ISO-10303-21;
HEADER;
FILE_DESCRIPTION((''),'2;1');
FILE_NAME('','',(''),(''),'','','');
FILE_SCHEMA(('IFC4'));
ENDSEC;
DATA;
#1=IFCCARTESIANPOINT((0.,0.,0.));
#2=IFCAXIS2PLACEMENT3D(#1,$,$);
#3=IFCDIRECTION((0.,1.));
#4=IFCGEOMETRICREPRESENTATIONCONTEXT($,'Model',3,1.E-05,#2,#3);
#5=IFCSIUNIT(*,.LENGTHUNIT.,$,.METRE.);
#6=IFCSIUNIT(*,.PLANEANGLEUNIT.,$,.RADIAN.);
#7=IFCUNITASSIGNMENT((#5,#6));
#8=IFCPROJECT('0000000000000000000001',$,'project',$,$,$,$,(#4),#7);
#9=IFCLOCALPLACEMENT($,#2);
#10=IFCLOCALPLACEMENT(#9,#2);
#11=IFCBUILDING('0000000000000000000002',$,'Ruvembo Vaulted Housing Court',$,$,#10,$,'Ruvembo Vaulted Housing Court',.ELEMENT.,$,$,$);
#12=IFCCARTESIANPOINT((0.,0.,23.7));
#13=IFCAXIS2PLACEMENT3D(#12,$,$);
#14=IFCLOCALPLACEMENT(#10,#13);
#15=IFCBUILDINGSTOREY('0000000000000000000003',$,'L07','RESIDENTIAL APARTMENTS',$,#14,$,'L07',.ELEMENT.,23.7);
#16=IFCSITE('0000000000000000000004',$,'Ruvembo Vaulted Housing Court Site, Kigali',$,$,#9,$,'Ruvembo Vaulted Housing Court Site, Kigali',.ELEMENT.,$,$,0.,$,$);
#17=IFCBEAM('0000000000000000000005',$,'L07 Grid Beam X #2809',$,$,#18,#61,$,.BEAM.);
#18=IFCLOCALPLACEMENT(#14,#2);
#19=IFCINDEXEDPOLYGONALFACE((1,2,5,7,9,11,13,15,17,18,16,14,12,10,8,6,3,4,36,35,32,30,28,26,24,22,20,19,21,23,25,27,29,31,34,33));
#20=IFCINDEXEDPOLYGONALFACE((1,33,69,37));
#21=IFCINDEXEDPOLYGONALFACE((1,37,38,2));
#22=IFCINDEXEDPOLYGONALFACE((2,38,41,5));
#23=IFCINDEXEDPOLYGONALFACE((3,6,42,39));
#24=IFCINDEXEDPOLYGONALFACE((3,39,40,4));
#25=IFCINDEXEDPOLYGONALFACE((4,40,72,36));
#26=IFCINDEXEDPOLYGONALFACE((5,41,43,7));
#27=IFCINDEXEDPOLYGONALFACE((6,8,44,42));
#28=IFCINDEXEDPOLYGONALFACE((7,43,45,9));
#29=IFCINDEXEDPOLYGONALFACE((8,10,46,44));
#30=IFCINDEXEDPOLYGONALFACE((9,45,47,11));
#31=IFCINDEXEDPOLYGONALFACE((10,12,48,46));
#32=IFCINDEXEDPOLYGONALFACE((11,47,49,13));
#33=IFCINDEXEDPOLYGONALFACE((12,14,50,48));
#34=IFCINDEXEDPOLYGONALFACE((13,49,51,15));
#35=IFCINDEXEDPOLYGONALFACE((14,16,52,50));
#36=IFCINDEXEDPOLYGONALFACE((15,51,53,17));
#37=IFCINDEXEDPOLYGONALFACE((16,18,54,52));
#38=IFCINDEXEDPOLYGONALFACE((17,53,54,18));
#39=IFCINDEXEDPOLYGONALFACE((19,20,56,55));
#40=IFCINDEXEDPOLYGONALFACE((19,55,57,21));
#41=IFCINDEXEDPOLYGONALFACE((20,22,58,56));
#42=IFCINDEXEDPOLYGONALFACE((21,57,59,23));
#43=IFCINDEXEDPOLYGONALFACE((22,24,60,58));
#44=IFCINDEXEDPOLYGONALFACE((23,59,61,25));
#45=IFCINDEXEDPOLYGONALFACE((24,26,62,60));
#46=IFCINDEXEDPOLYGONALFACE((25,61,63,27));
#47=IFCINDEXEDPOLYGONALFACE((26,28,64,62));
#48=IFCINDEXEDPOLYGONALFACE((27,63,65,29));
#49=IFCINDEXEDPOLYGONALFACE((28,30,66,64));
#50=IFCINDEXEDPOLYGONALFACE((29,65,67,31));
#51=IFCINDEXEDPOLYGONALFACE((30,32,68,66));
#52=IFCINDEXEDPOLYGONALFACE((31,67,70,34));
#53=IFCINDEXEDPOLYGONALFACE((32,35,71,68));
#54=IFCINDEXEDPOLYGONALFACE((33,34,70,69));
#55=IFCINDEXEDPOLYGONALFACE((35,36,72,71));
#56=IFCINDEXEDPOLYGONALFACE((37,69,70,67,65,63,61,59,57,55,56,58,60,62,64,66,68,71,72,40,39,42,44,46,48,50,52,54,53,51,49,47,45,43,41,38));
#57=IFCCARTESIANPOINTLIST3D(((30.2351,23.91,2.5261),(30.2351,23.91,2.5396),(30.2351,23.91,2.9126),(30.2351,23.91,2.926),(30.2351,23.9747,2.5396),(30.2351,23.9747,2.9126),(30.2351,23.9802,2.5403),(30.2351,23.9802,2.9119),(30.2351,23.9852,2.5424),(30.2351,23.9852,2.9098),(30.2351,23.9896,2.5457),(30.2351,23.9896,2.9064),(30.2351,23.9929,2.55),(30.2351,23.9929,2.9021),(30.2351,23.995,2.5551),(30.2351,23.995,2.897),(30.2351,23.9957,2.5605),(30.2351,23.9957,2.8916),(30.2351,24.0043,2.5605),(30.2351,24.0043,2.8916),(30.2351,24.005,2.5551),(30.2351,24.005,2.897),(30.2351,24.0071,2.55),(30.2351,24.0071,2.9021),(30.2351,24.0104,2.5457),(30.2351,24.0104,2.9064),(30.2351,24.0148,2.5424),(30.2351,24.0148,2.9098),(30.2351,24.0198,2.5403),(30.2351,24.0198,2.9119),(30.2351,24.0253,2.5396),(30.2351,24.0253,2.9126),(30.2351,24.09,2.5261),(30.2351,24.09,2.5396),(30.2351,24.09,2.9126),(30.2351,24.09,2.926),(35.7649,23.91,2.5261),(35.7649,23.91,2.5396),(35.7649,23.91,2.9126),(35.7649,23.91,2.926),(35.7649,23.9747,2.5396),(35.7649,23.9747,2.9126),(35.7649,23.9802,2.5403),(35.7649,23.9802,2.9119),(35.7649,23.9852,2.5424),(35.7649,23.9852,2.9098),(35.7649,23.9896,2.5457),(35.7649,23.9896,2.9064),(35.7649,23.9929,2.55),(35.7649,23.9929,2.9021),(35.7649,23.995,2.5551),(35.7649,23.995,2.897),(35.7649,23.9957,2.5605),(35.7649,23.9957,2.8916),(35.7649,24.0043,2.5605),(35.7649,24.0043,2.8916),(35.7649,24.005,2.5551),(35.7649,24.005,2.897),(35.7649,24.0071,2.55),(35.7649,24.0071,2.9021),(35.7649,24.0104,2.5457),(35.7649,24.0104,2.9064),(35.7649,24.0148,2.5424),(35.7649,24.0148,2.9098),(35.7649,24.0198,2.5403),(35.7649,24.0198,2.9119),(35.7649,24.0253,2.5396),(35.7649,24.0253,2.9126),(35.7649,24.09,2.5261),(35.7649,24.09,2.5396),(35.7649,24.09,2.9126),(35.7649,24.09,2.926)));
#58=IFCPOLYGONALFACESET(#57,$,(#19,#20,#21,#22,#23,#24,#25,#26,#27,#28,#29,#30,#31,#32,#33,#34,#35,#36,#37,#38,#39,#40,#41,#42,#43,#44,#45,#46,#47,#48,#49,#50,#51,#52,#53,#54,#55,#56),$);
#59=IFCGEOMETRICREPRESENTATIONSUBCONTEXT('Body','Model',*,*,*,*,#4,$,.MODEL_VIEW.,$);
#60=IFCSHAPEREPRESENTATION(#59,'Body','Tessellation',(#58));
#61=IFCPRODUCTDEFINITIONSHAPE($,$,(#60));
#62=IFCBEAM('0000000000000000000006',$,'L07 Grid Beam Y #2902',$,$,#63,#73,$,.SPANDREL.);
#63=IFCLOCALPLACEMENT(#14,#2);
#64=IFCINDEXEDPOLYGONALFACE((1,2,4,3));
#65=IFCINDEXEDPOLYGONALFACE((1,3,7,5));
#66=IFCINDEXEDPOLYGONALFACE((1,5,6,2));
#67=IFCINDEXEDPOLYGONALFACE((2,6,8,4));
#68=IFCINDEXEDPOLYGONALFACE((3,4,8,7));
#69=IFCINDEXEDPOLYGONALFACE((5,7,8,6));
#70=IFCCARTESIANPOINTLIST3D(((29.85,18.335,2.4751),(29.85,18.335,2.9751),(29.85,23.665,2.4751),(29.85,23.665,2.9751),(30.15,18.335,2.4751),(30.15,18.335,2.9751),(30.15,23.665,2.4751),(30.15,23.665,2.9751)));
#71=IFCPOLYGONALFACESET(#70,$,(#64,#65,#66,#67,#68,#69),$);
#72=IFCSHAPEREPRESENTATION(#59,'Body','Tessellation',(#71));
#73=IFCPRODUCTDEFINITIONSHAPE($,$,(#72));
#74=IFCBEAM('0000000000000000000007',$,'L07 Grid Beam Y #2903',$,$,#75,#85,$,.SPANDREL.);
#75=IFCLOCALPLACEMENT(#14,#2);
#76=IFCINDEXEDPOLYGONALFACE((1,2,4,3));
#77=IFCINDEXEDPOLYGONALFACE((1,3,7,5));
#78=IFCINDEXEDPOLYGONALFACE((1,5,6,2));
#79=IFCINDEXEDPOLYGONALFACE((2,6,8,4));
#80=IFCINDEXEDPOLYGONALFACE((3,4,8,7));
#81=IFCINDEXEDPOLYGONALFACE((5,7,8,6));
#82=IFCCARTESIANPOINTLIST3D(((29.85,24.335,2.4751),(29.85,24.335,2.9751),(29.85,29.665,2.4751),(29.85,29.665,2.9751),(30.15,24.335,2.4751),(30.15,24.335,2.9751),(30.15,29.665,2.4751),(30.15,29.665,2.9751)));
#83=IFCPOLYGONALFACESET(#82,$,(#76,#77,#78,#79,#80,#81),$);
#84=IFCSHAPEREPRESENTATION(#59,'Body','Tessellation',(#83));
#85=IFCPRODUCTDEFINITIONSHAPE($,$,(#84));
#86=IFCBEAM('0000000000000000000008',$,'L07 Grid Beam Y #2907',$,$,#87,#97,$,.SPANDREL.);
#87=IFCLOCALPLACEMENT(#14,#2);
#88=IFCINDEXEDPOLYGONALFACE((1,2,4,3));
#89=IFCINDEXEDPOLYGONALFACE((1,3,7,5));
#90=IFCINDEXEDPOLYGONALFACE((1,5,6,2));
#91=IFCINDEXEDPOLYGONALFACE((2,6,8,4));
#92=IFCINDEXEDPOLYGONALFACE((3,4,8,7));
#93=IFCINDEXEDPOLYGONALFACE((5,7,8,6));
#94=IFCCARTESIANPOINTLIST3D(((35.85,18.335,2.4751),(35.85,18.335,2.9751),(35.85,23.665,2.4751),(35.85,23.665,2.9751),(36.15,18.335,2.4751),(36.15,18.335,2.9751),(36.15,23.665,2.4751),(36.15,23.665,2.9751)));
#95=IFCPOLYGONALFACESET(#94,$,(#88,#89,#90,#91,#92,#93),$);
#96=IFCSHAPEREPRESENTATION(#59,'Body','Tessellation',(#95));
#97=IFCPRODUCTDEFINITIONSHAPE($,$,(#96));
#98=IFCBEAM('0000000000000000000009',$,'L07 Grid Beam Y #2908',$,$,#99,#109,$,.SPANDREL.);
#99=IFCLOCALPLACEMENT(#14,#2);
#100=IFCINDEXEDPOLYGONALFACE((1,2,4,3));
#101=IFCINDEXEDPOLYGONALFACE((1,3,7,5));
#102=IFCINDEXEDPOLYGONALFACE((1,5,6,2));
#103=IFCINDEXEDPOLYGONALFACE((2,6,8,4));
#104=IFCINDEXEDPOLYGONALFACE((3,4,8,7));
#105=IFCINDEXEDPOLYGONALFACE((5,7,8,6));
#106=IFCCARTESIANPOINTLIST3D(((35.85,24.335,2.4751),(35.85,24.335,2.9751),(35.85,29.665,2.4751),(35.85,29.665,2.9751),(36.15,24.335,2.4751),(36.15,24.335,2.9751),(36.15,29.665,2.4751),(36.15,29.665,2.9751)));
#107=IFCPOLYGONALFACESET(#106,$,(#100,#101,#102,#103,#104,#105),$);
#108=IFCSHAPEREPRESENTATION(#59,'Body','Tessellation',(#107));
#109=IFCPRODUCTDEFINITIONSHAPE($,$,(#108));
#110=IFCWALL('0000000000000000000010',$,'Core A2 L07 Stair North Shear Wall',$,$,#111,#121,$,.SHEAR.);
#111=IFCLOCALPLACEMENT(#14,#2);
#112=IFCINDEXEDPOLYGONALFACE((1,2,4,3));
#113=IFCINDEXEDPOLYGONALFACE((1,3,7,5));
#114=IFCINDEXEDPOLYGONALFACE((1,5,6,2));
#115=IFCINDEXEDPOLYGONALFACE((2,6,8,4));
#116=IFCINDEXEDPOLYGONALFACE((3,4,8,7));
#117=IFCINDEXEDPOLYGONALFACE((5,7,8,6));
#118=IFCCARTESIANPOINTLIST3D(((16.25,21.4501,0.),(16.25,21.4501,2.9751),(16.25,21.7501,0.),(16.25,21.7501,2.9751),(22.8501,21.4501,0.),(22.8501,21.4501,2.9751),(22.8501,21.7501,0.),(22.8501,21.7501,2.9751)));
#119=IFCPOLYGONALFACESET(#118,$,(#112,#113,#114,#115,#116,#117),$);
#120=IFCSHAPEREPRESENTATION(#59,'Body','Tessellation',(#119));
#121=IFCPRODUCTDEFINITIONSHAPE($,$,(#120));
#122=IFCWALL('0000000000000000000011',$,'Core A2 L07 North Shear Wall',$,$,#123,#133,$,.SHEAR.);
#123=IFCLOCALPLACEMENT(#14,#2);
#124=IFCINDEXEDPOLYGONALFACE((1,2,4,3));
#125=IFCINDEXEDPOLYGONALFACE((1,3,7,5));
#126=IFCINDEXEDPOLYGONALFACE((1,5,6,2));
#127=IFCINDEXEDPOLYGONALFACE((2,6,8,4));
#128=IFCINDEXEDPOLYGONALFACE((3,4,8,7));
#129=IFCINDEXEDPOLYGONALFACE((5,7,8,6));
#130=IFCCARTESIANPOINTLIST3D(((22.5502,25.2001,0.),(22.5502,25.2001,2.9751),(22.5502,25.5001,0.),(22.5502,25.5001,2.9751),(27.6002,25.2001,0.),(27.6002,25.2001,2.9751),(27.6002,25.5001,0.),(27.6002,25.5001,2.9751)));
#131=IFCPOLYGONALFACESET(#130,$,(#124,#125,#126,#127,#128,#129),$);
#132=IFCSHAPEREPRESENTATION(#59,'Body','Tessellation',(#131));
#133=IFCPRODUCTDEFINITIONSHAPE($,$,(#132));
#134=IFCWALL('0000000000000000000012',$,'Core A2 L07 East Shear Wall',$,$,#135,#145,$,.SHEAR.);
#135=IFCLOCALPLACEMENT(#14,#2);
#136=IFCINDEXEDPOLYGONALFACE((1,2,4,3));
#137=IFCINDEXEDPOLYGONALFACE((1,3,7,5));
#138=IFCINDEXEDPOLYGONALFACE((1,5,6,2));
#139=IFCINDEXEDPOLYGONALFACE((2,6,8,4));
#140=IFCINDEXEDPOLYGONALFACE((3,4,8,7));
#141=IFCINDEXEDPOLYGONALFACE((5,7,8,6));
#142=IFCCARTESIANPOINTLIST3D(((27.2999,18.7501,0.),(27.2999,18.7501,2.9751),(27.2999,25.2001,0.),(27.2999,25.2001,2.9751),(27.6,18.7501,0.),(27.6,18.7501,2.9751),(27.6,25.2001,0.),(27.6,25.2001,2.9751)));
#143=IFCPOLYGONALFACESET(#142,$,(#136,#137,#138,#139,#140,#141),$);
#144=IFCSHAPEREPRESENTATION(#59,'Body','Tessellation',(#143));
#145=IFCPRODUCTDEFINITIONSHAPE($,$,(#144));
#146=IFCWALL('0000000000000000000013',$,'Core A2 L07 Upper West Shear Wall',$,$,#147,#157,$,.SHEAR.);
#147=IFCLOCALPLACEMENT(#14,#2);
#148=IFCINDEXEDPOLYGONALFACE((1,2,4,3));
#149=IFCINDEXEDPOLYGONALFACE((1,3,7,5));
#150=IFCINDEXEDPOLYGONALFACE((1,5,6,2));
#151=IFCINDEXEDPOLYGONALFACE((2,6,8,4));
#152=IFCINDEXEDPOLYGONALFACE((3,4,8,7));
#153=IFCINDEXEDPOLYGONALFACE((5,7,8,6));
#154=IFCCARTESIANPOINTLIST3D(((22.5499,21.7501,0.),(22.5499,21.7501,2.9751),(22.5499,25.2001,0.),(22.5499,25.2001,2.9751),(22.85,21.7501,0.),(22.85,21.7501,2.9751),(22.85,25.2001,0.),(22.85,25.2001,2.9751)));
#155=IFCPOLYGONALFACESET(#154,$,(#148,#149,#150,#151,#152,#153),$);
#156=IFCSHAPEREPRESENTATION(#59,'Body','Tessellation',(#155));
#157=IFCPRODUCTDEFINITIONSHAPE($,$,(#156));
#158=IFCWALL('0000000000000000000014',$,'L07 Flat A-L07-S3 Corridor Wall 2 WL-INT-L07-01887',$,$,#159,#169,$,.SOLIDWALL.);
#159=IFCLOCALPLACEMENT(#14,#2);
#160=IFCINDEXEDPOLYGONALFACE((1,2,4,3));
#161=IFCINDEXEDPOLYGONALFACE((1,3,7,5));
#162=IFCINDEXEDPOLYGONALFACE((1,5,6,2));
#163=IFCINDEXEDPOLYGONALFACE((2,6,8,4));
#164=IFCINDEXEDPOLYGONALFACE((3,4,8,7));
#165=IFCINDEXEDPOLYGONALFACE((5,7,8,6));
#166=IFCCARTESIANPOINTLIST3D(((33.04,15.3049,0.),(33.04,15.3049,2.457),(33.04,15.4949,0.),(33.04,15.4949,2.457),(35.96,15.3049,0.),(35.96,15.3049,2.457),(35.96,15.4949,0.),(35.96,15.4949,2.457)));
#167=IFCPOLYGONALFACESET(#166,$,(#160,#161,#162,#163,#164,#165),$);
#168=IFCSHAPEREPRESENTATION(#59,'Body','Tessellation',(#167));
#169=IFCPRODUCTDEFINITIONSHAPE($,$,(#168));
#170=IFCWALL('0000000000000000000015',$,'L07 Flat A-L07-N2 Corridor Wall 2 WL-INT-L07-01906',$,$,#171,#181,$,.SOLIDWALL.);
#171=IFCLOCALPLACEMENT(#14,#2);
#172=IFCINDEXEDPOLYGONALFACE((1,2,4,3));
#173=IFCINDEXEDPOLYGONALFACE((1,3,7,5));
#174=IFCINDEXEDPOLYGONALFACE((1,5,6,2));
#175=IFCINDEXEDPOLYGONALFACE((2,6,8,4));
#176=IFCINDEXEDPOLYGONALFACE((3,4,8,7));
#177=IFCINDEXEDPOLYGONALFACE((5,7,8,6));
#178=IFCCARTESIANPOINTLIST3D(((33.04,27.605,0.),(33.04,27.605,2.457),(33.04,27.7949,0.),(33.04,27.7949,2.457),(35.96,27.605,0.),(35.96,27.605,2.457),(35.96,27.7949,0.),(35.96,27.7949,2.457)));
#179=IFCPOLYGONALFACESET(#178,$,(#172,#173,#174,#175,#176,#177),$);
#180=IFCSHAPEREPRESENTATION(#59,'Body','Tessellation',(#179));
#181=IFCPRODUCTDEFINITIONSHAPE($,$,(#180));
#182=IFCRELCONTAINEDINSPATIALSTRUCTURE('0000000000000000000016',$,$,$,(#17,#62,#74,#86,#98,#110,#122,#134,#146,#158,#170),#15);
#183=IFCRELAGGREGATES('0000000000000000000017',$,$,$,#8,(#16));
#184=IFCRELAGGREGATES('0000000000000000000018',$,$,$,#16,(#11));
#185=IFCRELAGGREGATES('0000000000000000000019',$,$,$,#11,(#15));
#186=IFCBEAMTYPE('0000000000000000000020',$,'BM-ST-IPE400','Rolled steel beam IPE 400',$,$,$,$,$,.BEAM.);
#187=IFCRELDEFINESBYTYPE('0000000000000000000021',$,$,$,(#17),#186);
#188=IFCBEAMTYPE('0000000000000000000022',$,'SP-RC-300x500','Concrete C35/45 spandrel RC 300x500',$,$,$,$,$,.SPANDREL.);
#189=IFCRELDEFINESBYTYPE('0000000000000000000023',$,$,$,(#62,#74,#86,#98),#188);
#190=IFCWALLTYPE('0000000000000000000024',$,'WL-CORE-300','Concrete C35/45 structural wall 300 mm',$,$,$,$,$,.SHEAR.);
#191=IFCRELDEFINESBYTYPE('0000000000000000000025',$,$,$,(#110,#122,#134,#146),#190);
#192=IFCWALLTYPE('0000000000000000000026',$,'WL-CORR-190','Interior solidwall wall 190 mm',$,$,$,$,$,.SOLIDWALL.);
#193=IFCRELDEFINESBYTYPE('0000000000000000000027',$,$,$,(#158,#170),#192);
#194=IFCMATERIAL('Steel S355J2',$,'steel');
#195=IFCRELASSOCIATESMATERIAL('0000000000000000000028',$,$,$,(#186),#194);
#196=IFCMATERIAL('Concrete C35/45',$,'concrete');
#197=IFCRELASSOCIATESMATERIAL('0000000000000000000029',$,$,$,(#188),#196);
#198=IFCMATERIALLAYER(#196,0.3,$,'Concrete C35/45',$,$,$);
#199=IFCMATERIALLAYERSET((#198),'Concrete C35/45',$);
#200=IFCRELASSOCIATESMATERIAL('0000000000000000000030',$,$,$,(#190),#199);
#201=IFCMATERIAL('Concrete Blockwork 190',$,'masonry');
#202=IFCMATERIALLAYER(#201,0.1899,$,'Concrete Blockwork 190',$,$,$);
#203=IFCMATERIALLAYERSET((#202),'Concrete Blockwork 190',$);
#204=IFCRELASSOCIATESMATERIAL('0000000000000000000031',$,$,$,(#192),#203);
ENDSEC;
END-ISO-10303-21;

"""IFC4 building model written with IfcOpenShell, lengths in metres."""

from ifc_helpers import new_model, si_unit, direction, frame, frame_2d, origin, origin_2d, place, context, subcontext, project, spatial, rectangle, i_section, extrude, material, layer, layer_set, material_profile, profile_set, type_object, element, save


model = new_model("IFC4")

# Units and contexts
model_context = context("Model", 3, precision=1e-05, world=origin(), true_north=direction((0.0, 1.0)))
body_context = subcontext(model_context, "Body", "Model", "MODEL_VIEW")
ifc_project = project(units=[si_unit("LENGTHUNIT", "METRE"), si_unit("PLANEANGLEUNIT", "RADIAN")], contexts=[model_context])

# Site, building, storey
site_placement = place(None, origin())
site = spatial("IfcSite", under=ifc_project, at=site_placement, Name="Ruvembo Vaulted Housing Court Site, Kigali", LongName="Ruvembo Vaulted Housing Court Site, Kigali", CompositionType="ELEMENT", RefElevation=0.0)
building_placement = place(site_placement, origin())
building = spatial("IfcBuilding", under=site, at=building_placement, Name="Ruvembo Vaulted Housing Court", LongName="Ruvembo Vaulted Housing Court", CompositionType="ELEMENT")
storey_placement = place(building_placement, frame((0.0, 0.0, 23.7)))
storey = spatial("IfcBuildingStorey", under=building, at=storey_placement, Name="L07", Description="RESIDENTIAL APARTMENTS", LongName="L07", CompositionType="ELEMENT", Elevation=23.7)

# Shared definitions
ifc_material_1 = material(Name="Concrete C35/45", Category="concrete")

# Beams
ifc_material_2 = material(Name="Steel S355J2", Category="steel")
ifc_material_profile_1 = material_profile(ifc_material_2, i_section(OverallWidth=0.1799, OverallDepth=0.3999, WebThickness=0.0085, FlangeThickness=0.0134, FilletRadius=0.021, at=origin_2d()), Name="IPE 400")
ifc_profile_set_1 = profile_set([ifc_material_profile_1], Name="Steel S355J2")
beam_type_1 = type_object("IfcBeamType", Name="BM-ST-IPE400", Description="Rolled steel beam IPE 400", PredefinedType="BEAM", material=ifc_profile_set_1)
beam_1_placement = place(storey_placement, frame((30.2351, 24.0, 2.7261), z_axis=(1.0, 0.0, 0.0), x_axis=(0.0, 1.0, 0.0)))
element("IfcBeam", 1, at=beam_1_placement, inside=storey, type_object=beam_type_1, Name="L07 Grid Beam X #2809", PredefinedType="BEAM", context=body_context, shape_type="SweptSolid", body=[
    extrude(i_section(OverallWidth=0.1799, OverallDepth=0.3999, WebThickness=0.0085, FlangeThickness=0.0134, FilletRadius=0.021, at=origin_2d()), origin(), (0.0, 0.0, 1.0), 5.5298),
])
ifc_material_profile_2 = material_profile(ifc_material_1, rectangle(XDim=0.3, YDim=0.5, at=origin_2d()), Name="RC 300x500")
ifc_profile_set_2 = profile_set([ifc_material_profile_2], Name="Concrete C35/45")
beam_type_2 = type_object("IfcBeamType", Name="SP-RC-300x500", Description="Concrete C35/45 spandrel RC 300x500", PredefinedType="SPANDREL", material=ifc_profile_set_2)
for number, where, z_axis, x_axis, name in (
    (2, (30.0, 18.335, 2.7251), (0.0, 1.0, 0.0), (-1.0, 0.0, 0.0), "L07 Grid Beam Y #2902"),
    (3, (30.0, 24.335, 2.7251), (0.0, 1.0, 0.0), (-1.0, 0.0, 0.0), "L07 Grid Beam Y #2903"),
    (4, (36.0, 18.335, 2.7251), (0.0, 1.0, 0.0), (-1.0, 0.0, 0.0), "L07 Grid Beam Y #2907"),
    (5, (36.0, 24.335, 2.7251), (0.0, 1.0, 0.0), (-1.0, 0.0, 0.0), "L07 Grid Beam Y #2908"),
):
    element("IfcBeam", number, at=place(storey_placement, frame(where, z_axis=z_axis, x_axis=x_axis)), inside=storey, type_object=beam_type_2, Name=name, PredefinedType="SPANDREL", context=body_context, shape_type="SweptSolid", body=[
        extrude(rectangle(XDim=0.3, YDim=0.5, at=origin_2d()), origin(), (0.0, 0.0, 1.0), 5.3301),
    ])

# Wall
ifc_layer_1 = layer(ifc_material_1, 0.3, Name="Concrete C35/45")
ifc_layer_set_1 = layer_set([ifc_layer_1], Name="Concrete C35/45")
wall_type_1 = type_object("IfcWallType", Name="WL-CORE-300", Description="Concrete C35/45 structural wall 300 mm", PredefinedType="SHEAR", material=ifc_layer_set_1)
wall_1_placement = place(storey_placement, frame((22.8501, 21.6001, 0.0), z_axis=(0.0, 0.0, 1.0), x_axis=(-1.0, 0.0, 0.0)))
element("IfcWall", 6, at=wall_1_placement, inside=storey, type_object=wall_type_1, Name="Core A2 L07 Stair North Shear Wall", PredefinedType="SHEAR", context=body_context, shape_type="SweptSolid", body=[
    extrude(rectangle(XDim=6.6001, YDim=0.3, at=frame_2d((3.3, 0.0))), origin(), (0.0, 0.0, 1.0), 2.9751),
])

# Walls
wall_2_placement = place(storey_placement, frame((27.6001, 25.3501, 0.0), z_axis=(0.0, 0.0, 1.0), x_axis=(-1.0, 0.0, 0.0)))
element("IfcWall", 7, at=wall_2_placement, inside=storey, type_object=wall_type_1, Name="Core A2 L07 North Shear Wall", PredefinedType="SHEAR", context=body_context, shape_type="SweptSolid", body=[
    extrude(rectangle(XDim=5.05, YDim=0.3, at=frame_2d((2.5249, 0.0))), origin(), (0.0, 0.0, 1.0), 2.9751),
])
wall_3_placement = place(storey_placement, frame((27.45, 18.75, 0.0), z_axis=(0.0, 0.0, 1.0), x_axis=(0.0, 1.0, 0.0)))
element("IfcWall", 8, at=wall_3_placement, inside=storey, type_object=wall_type_1, Name="Core A2 L07 East Shear Wall", PredefinedType="SHEAR", context=body_context, shape_type="SweptSolid", body=[
    extrude(rectangle(XDim=6.45, YDim=0.3, at=frame_2d((3.2251, 0.0))), origin(), (0.0, 0.0, 1.0), 2.9751),
])
wall_4_placement = place(storey_placement, frame((22.7, 21.75, 0.0), z_axis=(0.0, 0.0, 1.0), x_axis=(0.0, 1.0, 0.0)))
element("IfcWall", 9, at=wall_4_placement, inside=storey, type_object=wall_type_1, Name="Core A2 L07 Upper West Shear Wall", PredefinedType="SHEAR", context=body_context, shape_type="SweptSolid", body=[
    extrude(rectangle(XDim=3.45, YDim=0.3, at=frame_2d((1.7251, 0.0))), origin(), (0.0, 0.0, 1.0), 2.9751),
])

# Shared definitions
ifc_material_3 = material(Name="Concrete Blockwork 190", Category="masonry")
ifc_layer_2 = layer(ifc_material_3, 0.1899, Name="Concrete Blockwork 190")
ifc_layer_set_2 = layer_set([ifc_layer_2], Name="Concrete Blockwork 190")
wall_type_2 = type_object("IfcWallType", Name="WL-CORR-190", Description="Interior solidwall wall 190 mm", PredefinedType="SOLIDWALL", material=ifc_layer_set_2)

# Walls
for number, where, z_axis, x_axis, name in (
    (10, (33.04, 15.3999, 0.0), (0.0, 0.0, 1.0), (1.0, 0.0, 0.0), "L07 Flat A-L07-S3 Corridor Wall 2 WL-INT-L07-01887"),
    (11, (33.04, 27.7, 0.0), (0.0, 0.0, 1.0), (1.0, 0.0, 0.0), "L07 Flat A-L07-N2 Corridor Wall 2 WL-INT-L07-01906"),
):
    element("IfcWall", number, at=place(storey_placement, frame(where, z_axis=z_axis, x_axis=x_axis)), inside=storey, type_object=wall_type_2, Name=name, PredefinedType="SOLIDWALL", context=body_context, shape_type="SweptSolid", body=[
        extrude(rectangle(XDim=2.9199, YDim=0.1899, at=frame_2d((1.46, 0.0))), origin(), (0.0, 0.0, 1.0), 2.457),
    ])

save(model, "model.ifc")
